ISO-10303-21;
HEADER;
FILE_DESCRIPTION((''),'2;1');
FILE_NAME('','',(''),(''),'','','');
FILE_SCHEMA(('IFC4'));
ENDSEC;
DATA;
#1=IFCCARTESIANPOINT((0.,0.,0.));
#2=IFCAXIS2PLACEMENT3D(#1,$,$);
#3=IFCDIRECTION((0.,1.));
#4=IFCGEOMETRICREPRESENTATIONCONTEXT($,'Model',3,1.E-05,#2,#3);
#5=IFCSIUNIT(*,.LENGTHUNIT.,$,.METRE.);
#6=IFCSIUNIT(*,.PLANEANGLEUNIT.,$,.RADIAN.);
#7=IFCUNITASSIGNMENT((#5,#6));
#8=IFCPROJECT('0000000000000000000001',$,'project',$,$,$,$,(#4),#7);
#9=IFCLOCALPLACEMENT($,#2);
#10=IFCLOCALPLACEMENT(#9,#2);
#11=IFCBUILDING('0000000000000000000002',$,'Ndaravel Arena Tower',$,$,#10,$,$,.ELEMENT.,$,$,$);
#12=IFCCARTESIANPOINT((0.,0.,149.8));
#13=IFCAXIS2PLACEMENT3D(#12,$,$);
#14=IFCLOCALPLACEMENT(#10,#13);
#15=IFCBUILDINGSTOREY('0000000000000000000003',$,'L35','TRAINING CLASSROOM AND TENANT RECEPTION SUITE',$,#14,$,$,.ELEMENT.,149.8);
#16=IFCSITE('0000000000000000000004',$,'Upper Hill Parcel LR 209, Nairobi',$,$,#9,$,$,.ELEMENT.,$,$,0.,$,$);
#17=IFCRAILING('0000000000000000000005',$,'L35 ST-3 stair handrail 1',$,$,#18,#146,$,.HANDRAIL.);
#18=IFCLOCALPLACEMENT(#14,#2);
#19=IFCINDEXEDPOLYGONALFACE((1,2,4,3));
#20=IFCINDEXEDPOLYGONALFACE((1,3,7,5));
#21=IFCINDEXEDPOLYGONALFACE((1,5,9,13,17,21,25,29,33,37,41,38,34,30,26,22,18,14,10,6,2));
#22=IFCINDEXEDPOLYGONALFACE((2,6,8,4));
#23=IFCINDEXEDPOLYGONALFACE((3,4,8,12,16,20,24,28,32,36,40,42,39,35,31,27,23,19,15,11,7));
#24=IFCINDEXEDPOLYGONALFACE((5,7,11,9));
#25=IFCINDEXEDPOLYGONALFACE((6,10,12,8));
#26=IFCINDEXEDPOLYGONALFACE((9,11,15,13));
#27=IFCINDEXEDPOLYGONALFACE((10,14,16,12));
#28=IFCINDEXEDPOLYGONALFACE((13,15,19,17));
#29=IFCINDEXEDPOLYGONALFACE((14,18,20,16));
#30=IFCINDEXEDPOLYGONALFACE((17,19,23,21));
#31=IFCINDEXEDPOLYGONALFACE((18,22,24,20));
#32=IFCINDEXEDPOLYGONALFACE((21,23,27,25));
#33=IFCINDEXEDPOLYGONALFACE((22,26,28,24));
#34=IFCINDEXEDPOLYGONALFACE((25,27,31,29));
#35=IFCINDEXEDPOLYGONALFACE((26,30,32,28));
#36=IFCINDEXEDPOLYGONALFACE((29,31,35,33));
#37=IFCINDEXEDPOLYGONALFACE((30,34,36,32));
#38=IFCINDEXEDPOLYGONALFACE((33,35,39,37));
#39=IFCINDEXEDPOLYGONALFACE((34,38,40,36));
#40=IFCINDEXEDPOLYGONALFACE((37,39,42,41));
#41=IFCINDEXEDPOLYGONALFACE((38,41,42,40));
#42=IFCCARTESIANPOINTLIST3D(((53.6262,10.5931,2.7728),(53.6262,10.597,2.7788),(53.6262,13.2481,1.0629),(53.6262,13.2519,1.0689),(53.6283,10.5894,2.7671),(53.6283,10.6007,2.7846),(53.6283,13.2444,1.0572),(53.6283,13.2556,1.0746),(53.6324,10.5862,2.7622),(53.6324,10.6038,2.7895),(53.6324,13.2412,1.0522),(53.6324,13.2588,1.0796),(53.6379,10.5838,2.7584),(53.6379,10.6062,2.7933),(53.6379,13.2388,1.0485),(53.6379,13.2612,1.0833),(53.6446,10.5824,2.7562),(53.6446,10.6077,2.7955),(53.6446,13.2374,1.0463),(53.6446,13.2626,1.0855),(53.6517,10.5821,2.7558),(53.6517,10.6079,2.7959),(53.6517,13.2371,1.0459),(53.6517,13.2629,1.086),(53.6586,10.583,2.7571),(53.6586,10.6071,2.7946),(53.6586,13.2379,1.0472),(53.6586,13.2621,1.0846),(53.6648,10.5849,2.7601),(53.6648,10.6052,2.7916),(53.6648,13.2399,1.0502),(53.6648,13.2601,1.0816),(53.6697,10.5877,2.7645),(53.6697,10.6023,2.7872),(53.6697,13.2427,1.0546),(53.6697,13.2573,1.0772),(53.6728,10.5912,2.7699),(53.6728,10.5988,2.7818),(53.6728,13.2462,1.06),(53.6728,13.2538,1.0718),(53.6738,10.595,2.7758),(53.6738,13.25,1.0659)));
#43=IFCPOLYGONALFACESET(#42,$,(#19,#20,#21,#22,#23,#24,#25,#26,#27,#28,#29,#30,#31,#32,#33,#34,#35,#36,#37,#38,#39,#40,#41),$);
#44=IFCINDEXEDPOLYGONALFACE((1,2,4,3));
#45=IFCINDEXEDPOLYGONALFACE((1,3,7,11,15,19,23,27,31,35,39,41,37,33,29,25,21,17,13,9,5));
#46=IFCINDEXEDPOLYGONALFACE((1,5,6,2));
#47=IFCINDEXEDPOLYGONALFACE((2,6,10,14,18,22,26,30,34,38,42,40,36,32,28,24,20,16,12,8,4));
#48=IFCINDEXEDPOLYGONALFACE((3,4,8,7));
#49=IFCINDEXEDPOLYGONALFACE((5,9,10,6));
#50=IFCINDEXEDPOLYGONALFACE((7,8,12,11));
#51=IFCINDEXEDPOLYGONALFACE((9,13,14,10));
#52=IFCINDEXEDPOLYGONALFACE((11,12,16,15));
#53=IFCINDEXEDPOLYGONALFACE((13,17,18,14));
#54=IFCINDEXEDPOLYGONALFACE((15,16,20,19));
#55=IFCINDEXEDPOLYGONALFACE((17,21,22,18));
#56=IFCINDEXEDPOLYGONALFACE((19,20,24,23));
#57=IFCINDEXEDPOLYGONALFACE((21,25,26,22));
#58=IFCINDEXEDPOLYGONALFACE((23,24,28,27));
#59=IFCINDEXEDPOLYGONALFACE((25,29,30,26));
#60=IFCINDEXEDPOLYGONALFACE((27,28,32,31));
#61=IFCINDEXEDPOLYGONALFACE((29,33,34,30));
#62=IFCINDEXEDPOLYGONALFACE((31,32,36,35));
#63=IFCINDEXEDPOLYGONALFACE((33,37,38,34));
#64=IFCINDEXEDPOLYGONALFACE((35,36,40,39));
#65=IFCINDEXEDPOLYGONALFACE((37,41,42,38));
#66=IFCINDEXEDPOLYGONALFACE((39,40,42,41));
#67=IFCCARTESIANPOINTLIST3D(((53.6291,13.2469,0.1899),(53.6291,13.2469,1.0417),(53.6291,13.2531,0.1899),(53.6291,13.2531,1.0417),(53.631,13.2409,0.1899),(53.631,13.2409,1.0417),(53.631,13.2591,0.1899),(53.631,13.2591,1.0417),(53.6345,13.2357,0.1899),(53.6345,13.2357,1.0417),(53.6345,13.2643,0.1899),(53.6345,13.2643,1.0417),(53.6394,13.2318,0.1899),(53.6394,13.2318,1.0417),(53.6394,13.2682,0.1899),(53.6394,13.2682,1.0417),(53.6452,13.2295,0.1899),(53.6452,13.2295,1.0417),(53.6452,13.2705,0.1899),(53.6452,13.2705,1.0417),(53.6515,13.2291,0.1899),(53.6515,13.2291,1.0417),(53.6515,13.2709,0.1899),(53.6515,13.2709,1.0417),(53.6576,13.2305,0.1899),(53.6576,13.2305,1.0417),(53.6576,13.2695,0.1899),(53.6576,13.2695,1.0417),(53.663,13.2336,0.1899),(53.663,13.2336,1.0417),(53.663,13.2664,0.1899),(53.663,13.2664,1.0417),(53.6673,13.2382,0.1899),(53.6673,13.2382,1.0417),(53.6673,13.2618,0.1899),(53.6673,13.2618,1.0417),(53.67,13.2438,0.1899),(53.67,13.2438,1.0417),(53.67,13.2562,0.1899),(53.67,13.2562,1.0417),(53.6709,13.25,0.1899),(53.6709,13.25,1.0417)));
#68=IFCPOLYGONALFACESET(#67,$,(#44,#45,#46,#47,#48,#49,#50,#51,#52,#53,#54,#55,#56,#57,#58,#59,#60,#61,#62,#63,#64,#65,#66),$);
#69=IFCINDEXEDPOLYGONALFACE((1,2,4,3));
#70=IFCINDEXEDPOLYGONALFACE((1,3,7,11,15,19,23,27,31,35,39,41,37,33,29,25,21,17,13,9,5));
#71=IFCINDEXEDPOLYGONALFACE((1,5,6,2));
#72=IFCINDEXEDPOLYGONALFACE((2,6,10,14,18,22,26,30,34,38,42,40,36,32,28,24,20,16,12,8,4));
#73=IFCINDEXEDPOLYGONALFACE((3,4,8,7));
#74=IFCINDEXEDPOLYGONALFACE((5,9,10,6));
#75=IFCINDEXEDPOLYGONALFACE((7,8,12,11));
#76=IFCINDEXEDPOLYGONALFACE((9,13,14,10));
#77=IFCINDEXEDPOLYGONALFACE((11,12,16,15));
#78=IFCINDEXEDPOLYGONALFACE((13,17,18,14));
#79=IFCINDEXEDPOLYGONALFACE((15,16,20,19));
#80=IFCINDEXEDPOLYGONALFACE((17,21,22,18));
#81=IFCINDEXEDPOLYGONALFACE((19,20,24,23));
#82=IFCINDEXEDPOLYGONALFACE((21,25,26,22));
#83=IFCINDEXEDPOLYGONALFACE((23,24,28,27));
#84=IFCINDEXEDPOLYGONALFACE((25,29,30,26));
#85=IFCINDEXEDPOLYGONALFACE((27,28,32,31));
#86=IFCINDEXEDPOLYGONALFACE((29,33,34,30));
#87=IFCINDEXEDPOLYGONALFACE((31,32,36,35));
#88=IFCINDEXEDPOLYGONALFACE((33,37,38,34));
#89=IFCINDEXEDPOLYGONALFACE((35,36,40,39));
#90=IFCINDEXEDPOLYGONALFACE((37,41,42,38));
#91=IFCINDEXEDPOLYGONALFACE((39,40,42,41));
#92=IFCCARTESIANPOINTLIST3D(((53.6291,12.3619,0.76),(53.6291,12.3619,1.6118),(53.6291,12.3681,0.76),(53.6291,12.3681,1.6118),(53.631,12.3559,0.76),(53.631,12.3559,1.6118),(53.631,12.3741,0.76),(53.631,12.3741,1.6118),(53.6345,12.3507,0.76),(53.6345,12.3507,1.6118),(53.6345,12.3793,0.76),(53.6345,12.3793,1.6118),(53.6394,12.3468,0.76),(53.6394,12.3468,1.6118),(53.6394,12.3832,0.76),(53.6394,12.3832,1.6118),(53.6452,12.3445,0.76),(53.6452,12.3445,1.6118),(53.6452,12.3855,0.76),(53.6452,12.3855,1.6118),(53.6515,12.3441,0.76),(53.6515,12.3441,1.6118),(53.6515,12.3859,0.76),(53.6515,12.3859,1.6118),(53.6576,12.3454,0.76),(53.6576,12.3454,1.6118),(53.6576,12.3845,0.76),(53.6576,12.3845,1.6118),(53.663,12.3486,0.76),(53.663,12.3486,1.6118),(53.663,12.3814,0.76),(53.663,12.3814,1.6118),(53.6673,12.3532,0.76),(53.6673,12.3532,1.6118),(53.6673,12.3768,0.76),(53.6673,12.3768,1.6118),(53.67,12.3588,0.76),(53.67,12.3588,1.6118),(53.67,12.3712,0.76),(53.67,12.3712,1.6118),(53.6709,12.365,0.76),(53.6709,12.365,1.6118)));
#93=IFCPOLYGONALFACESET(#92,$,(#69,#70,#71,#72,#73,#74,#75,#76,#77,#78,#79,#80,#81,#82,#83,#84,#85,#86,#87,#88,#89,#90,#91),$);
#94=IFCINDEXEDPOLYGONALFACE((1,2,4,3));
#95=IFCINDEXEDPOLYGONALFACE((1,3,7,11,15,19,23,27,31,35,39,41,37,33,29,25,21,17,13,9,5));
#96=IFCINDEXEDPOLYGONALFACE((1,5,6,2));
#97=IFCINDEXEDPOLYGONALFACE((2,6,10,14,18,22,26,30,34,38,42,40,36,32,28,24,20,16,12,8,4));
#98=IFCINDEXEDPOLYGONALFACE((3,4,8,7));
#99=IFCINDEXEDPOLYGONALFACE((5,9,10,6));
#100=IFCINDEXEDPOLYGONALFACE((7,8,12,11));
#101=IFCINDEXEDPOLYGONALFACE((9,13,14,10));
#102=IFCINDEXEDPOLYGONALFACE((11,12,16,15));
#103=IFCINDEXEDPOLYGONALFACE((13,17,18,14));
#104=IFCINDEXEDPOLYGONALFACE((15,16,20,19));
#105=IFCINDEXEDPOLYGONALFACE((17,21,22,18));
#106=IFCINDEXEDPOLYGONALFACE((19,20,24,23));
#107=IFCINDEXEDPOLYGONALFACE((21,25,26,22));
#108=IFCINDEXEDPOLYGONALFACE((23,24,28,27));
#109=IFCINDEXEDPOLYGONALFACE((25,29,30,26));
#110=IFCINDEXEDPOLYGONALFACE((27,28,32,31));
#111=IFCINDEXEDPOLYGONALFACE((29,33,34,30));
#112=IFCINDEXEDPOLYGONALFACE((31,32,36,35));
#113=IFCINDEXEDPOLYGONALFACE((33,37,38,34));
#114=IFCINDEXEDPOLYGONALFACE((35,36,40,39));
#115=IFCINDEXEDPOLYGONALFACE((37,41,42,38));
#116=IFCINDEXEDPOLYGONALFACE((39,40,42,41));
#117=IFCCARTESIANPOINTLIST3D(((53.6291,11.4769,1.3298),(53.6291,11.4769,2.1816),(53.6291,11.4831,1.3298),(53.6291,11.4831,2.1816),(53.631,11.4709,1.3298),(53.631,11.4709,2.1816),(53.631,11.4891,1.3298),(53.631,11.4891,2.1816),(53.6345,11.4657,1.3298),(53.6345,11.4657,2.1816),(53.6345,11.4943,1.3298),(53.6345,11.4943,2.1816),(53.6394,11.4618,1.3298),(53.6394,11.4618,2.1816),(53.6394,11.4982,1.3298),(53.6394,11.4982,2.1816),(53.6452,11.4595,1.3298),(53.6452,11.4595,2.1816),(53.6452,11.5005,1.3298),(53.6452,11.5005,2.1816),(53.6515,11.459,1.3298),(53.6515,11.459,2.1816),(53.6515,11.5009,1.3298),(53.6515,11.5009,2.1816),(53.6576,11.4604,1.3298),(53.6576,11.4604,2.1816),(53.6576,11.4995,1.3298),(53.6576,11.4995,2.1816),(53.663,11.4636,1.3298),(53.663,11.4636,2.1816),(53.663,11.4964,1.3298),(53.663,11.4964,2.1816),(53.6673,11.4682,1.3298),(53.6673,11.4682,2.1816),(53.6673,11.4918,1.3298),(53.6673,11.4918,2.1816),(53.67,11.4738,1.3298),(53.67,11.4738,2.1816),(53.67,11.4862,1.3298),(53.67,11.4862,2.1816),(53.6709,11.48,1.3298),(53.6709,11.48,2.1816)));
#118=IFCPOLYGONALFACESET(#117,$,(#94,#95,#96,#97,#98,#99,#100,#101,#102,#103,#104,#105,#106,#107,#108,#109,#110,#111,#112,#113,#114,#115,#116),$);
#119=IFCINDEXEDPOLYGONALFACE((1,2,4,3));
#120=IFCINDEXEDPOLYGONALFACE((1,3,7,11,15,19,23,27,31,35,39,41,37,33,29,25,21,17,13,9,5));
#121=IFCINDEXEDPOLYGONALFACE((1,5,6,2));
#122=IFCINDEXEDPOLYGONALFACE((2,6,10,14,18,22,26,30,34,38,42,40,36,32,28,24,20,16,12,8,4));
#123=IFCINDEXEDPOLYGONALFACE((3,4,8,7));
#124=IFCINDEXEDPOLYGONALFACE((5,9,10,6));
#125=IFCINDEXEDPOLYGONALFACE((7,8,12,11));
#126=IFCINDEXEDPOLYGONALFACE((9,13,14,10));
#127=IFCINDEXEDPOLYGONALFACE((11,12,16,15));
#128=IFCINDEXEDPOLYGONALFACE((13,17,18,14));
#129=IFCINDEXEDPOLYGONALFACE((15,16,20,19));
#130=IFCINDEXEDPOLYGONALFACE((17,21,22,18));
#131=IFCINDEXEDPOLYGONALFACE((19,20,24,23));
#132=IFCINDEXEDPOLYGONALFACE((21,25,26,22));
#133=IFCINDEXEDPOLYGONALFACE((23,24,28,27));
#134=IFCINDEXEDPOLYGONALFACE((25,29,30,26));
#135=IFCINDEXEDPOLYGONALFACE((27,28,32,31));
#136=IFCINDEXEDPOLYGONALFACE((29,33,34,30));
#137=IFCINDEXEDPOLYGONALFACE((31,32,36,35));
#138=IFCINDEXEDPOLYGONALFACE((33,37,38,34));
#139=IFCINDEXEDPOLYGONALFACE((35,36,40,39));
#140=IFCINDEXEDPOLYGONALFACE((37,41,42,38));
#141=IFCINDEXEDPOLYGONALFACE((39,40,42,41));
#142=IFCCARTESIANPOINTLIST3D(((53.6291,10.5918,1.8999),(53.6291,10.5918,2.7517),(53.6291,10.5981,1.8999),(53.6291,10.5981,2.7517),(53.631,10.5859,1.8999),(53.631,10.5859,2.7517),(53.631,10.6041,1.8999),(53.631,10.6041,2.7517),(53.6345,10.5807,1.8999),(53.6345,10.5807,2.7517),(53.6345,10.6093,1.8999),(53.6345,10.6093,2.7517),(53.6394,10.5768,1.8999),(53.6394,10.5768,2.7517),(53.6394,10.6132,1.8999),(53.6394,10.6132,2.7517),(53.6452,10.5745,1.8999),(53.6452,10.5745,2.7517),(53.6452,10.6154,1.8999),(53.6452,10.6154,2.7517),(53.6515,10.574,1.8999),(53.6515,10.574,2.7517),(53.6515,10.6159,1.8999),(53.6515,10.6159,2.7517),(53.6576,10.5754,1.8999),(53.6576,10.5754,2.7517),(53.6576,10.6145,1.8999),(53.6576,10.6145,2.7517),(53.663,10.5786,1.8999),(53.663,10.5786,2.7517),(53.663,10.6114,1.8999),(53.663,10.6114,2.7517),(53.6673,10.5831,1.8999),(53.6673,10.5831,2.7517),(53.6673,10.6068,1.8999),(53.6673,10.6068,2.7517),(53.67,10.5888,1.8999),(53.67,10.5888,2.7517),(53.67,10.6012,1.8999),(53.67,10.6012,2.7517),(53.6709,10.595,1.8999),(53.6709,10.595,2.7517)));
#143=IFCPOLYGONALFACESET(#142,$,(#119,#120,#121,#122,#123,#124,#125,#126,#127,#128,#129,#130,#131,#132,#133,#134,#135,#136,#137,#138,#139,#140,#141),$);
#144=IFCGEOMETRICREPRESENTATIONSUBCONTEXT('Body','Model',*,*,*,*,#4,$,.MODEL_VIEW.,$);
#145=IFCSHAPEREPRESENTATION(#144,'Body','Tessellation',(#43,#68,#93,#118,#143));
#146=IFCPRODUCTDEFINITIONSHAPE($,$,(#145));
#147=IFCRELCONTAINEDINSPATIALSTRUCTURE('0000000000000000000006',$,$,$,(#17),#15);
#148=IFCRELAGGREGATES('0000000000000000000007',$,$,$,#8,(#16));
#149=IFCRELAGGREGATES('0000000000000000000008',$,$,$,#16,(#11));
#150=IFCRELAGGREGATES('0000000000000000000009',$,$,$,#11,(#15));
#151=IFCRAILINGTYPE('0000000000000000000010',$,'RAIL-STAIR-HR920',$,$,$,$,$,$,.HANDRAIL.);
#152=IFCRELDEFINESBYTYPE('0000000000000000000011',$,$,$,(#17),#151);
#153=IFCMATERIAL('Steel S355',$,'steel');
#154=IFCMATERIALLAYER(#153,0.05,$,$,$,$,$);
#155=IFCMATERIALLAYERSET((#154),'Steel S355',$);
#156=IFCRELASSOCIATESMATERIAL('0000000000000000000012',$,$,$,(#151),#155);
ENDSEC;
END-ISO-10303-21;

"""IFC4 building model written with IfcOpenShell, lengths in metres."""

from ifc_helpers import new_model, si_unit, direction, frame, origin, origin_2d, place, context, subcontext, project, spatial, circle, extrude, material, layer, layer_set, type_object, element, save


model = new_model("IFC4")

# Units and contexts
model_context = context("Model", 3, precision=1e-05, world=origin(), true_north=direction((0.0, 1.0)))
body_context = subcontext(model_context, "Body", "Model", "MODEL_VIEW")
ifc_project = project(units=[si_unit("LENGTHUNIT", "METRE"), si_unit("PLANEANGLEUNIT", "RADIAN")], contexts=[model_context])

# Site, building, storey
site_placement = place(None, origin())
site = spatial("IfcSite", under=ifc_project, at=site_placement, Name="Upper Hill Parcel LR 209, Nairobi", CompositionType="ELEMENT", RefElevation=0.0)
building_placement = place(site_placement, origin())
building = spatial("IfcBuilding", under=site, at=building_placement, Name="Ndaravel Arena Tower", CompositionType="ELEMENT")
storey_placement = place(building_placement, frame((0.0, 0.0, 149.8)))
storey = spatial("IfcBuildingStorey", under=building, at=storey_placement, Name="L35", Description="TRAINING CLASSROOM AND TENANT RECEPTION SUITE", CompositionType="ELEMENT", Elevation=149.8)

# Railing
ifc_material_1 = material(Name="Steel S355", Category="steel")
ifc_layer_1 = layer(ifc_material_1, 0.05)
ifc_layer_set_1 = layer_set([ifc_layer_1], Name="Steel S355")
railing_type_1 = type_object("IfcRailingType", Name="RAIL-STAIR-HR920", PredefinedType="HANDRAIL", material=ifc_layer_set_1)
railing_1_placement = place(storey_placement, frame((53.6499, 13.25, 0.1899)))
element("IfcRailing", 1, at=railing_1_placement, inside=storey, type_object=railing_type_1, Name="L35 ST-3 stair handrail 1", PredefinedType="HANDRAIL", context=body_context, shape_type="SweptSolid", body=[
    extrude(circle(Radius=0.0239, at=origin_2d()), frame((0.0, 0.0, 0.876), z_axis=(0.0, -0.840724, 0.541465), x_axis=(1.0, 0.0, 0.0)), (0.0, 0.0, 1.0), 3.158),
    extrude(circle(Radius=0.021, at=origin_2d()), origin(), (0.0, 0.0, 1.0), 0.8518),
    extrude(circle(Radius=0.021, at=origin_2d()), frame((0.0, -0.885, 0.5701)), (0.0, 0.0, 1.0), 0.8518),
    extrude(circle(Radius=0.021, at=origin_2d()), frame((0.0, -1.77, 1.1399)), (0.0, 0.0, 1.0), 0.8518),
    extrude(circle(Radius=0.021, at=origin_2d()), frame((0.0, -2.655, 1.71)), (0.0, 0.0, 1.0), 0.8518),
])

save(model, "model.ifc")
